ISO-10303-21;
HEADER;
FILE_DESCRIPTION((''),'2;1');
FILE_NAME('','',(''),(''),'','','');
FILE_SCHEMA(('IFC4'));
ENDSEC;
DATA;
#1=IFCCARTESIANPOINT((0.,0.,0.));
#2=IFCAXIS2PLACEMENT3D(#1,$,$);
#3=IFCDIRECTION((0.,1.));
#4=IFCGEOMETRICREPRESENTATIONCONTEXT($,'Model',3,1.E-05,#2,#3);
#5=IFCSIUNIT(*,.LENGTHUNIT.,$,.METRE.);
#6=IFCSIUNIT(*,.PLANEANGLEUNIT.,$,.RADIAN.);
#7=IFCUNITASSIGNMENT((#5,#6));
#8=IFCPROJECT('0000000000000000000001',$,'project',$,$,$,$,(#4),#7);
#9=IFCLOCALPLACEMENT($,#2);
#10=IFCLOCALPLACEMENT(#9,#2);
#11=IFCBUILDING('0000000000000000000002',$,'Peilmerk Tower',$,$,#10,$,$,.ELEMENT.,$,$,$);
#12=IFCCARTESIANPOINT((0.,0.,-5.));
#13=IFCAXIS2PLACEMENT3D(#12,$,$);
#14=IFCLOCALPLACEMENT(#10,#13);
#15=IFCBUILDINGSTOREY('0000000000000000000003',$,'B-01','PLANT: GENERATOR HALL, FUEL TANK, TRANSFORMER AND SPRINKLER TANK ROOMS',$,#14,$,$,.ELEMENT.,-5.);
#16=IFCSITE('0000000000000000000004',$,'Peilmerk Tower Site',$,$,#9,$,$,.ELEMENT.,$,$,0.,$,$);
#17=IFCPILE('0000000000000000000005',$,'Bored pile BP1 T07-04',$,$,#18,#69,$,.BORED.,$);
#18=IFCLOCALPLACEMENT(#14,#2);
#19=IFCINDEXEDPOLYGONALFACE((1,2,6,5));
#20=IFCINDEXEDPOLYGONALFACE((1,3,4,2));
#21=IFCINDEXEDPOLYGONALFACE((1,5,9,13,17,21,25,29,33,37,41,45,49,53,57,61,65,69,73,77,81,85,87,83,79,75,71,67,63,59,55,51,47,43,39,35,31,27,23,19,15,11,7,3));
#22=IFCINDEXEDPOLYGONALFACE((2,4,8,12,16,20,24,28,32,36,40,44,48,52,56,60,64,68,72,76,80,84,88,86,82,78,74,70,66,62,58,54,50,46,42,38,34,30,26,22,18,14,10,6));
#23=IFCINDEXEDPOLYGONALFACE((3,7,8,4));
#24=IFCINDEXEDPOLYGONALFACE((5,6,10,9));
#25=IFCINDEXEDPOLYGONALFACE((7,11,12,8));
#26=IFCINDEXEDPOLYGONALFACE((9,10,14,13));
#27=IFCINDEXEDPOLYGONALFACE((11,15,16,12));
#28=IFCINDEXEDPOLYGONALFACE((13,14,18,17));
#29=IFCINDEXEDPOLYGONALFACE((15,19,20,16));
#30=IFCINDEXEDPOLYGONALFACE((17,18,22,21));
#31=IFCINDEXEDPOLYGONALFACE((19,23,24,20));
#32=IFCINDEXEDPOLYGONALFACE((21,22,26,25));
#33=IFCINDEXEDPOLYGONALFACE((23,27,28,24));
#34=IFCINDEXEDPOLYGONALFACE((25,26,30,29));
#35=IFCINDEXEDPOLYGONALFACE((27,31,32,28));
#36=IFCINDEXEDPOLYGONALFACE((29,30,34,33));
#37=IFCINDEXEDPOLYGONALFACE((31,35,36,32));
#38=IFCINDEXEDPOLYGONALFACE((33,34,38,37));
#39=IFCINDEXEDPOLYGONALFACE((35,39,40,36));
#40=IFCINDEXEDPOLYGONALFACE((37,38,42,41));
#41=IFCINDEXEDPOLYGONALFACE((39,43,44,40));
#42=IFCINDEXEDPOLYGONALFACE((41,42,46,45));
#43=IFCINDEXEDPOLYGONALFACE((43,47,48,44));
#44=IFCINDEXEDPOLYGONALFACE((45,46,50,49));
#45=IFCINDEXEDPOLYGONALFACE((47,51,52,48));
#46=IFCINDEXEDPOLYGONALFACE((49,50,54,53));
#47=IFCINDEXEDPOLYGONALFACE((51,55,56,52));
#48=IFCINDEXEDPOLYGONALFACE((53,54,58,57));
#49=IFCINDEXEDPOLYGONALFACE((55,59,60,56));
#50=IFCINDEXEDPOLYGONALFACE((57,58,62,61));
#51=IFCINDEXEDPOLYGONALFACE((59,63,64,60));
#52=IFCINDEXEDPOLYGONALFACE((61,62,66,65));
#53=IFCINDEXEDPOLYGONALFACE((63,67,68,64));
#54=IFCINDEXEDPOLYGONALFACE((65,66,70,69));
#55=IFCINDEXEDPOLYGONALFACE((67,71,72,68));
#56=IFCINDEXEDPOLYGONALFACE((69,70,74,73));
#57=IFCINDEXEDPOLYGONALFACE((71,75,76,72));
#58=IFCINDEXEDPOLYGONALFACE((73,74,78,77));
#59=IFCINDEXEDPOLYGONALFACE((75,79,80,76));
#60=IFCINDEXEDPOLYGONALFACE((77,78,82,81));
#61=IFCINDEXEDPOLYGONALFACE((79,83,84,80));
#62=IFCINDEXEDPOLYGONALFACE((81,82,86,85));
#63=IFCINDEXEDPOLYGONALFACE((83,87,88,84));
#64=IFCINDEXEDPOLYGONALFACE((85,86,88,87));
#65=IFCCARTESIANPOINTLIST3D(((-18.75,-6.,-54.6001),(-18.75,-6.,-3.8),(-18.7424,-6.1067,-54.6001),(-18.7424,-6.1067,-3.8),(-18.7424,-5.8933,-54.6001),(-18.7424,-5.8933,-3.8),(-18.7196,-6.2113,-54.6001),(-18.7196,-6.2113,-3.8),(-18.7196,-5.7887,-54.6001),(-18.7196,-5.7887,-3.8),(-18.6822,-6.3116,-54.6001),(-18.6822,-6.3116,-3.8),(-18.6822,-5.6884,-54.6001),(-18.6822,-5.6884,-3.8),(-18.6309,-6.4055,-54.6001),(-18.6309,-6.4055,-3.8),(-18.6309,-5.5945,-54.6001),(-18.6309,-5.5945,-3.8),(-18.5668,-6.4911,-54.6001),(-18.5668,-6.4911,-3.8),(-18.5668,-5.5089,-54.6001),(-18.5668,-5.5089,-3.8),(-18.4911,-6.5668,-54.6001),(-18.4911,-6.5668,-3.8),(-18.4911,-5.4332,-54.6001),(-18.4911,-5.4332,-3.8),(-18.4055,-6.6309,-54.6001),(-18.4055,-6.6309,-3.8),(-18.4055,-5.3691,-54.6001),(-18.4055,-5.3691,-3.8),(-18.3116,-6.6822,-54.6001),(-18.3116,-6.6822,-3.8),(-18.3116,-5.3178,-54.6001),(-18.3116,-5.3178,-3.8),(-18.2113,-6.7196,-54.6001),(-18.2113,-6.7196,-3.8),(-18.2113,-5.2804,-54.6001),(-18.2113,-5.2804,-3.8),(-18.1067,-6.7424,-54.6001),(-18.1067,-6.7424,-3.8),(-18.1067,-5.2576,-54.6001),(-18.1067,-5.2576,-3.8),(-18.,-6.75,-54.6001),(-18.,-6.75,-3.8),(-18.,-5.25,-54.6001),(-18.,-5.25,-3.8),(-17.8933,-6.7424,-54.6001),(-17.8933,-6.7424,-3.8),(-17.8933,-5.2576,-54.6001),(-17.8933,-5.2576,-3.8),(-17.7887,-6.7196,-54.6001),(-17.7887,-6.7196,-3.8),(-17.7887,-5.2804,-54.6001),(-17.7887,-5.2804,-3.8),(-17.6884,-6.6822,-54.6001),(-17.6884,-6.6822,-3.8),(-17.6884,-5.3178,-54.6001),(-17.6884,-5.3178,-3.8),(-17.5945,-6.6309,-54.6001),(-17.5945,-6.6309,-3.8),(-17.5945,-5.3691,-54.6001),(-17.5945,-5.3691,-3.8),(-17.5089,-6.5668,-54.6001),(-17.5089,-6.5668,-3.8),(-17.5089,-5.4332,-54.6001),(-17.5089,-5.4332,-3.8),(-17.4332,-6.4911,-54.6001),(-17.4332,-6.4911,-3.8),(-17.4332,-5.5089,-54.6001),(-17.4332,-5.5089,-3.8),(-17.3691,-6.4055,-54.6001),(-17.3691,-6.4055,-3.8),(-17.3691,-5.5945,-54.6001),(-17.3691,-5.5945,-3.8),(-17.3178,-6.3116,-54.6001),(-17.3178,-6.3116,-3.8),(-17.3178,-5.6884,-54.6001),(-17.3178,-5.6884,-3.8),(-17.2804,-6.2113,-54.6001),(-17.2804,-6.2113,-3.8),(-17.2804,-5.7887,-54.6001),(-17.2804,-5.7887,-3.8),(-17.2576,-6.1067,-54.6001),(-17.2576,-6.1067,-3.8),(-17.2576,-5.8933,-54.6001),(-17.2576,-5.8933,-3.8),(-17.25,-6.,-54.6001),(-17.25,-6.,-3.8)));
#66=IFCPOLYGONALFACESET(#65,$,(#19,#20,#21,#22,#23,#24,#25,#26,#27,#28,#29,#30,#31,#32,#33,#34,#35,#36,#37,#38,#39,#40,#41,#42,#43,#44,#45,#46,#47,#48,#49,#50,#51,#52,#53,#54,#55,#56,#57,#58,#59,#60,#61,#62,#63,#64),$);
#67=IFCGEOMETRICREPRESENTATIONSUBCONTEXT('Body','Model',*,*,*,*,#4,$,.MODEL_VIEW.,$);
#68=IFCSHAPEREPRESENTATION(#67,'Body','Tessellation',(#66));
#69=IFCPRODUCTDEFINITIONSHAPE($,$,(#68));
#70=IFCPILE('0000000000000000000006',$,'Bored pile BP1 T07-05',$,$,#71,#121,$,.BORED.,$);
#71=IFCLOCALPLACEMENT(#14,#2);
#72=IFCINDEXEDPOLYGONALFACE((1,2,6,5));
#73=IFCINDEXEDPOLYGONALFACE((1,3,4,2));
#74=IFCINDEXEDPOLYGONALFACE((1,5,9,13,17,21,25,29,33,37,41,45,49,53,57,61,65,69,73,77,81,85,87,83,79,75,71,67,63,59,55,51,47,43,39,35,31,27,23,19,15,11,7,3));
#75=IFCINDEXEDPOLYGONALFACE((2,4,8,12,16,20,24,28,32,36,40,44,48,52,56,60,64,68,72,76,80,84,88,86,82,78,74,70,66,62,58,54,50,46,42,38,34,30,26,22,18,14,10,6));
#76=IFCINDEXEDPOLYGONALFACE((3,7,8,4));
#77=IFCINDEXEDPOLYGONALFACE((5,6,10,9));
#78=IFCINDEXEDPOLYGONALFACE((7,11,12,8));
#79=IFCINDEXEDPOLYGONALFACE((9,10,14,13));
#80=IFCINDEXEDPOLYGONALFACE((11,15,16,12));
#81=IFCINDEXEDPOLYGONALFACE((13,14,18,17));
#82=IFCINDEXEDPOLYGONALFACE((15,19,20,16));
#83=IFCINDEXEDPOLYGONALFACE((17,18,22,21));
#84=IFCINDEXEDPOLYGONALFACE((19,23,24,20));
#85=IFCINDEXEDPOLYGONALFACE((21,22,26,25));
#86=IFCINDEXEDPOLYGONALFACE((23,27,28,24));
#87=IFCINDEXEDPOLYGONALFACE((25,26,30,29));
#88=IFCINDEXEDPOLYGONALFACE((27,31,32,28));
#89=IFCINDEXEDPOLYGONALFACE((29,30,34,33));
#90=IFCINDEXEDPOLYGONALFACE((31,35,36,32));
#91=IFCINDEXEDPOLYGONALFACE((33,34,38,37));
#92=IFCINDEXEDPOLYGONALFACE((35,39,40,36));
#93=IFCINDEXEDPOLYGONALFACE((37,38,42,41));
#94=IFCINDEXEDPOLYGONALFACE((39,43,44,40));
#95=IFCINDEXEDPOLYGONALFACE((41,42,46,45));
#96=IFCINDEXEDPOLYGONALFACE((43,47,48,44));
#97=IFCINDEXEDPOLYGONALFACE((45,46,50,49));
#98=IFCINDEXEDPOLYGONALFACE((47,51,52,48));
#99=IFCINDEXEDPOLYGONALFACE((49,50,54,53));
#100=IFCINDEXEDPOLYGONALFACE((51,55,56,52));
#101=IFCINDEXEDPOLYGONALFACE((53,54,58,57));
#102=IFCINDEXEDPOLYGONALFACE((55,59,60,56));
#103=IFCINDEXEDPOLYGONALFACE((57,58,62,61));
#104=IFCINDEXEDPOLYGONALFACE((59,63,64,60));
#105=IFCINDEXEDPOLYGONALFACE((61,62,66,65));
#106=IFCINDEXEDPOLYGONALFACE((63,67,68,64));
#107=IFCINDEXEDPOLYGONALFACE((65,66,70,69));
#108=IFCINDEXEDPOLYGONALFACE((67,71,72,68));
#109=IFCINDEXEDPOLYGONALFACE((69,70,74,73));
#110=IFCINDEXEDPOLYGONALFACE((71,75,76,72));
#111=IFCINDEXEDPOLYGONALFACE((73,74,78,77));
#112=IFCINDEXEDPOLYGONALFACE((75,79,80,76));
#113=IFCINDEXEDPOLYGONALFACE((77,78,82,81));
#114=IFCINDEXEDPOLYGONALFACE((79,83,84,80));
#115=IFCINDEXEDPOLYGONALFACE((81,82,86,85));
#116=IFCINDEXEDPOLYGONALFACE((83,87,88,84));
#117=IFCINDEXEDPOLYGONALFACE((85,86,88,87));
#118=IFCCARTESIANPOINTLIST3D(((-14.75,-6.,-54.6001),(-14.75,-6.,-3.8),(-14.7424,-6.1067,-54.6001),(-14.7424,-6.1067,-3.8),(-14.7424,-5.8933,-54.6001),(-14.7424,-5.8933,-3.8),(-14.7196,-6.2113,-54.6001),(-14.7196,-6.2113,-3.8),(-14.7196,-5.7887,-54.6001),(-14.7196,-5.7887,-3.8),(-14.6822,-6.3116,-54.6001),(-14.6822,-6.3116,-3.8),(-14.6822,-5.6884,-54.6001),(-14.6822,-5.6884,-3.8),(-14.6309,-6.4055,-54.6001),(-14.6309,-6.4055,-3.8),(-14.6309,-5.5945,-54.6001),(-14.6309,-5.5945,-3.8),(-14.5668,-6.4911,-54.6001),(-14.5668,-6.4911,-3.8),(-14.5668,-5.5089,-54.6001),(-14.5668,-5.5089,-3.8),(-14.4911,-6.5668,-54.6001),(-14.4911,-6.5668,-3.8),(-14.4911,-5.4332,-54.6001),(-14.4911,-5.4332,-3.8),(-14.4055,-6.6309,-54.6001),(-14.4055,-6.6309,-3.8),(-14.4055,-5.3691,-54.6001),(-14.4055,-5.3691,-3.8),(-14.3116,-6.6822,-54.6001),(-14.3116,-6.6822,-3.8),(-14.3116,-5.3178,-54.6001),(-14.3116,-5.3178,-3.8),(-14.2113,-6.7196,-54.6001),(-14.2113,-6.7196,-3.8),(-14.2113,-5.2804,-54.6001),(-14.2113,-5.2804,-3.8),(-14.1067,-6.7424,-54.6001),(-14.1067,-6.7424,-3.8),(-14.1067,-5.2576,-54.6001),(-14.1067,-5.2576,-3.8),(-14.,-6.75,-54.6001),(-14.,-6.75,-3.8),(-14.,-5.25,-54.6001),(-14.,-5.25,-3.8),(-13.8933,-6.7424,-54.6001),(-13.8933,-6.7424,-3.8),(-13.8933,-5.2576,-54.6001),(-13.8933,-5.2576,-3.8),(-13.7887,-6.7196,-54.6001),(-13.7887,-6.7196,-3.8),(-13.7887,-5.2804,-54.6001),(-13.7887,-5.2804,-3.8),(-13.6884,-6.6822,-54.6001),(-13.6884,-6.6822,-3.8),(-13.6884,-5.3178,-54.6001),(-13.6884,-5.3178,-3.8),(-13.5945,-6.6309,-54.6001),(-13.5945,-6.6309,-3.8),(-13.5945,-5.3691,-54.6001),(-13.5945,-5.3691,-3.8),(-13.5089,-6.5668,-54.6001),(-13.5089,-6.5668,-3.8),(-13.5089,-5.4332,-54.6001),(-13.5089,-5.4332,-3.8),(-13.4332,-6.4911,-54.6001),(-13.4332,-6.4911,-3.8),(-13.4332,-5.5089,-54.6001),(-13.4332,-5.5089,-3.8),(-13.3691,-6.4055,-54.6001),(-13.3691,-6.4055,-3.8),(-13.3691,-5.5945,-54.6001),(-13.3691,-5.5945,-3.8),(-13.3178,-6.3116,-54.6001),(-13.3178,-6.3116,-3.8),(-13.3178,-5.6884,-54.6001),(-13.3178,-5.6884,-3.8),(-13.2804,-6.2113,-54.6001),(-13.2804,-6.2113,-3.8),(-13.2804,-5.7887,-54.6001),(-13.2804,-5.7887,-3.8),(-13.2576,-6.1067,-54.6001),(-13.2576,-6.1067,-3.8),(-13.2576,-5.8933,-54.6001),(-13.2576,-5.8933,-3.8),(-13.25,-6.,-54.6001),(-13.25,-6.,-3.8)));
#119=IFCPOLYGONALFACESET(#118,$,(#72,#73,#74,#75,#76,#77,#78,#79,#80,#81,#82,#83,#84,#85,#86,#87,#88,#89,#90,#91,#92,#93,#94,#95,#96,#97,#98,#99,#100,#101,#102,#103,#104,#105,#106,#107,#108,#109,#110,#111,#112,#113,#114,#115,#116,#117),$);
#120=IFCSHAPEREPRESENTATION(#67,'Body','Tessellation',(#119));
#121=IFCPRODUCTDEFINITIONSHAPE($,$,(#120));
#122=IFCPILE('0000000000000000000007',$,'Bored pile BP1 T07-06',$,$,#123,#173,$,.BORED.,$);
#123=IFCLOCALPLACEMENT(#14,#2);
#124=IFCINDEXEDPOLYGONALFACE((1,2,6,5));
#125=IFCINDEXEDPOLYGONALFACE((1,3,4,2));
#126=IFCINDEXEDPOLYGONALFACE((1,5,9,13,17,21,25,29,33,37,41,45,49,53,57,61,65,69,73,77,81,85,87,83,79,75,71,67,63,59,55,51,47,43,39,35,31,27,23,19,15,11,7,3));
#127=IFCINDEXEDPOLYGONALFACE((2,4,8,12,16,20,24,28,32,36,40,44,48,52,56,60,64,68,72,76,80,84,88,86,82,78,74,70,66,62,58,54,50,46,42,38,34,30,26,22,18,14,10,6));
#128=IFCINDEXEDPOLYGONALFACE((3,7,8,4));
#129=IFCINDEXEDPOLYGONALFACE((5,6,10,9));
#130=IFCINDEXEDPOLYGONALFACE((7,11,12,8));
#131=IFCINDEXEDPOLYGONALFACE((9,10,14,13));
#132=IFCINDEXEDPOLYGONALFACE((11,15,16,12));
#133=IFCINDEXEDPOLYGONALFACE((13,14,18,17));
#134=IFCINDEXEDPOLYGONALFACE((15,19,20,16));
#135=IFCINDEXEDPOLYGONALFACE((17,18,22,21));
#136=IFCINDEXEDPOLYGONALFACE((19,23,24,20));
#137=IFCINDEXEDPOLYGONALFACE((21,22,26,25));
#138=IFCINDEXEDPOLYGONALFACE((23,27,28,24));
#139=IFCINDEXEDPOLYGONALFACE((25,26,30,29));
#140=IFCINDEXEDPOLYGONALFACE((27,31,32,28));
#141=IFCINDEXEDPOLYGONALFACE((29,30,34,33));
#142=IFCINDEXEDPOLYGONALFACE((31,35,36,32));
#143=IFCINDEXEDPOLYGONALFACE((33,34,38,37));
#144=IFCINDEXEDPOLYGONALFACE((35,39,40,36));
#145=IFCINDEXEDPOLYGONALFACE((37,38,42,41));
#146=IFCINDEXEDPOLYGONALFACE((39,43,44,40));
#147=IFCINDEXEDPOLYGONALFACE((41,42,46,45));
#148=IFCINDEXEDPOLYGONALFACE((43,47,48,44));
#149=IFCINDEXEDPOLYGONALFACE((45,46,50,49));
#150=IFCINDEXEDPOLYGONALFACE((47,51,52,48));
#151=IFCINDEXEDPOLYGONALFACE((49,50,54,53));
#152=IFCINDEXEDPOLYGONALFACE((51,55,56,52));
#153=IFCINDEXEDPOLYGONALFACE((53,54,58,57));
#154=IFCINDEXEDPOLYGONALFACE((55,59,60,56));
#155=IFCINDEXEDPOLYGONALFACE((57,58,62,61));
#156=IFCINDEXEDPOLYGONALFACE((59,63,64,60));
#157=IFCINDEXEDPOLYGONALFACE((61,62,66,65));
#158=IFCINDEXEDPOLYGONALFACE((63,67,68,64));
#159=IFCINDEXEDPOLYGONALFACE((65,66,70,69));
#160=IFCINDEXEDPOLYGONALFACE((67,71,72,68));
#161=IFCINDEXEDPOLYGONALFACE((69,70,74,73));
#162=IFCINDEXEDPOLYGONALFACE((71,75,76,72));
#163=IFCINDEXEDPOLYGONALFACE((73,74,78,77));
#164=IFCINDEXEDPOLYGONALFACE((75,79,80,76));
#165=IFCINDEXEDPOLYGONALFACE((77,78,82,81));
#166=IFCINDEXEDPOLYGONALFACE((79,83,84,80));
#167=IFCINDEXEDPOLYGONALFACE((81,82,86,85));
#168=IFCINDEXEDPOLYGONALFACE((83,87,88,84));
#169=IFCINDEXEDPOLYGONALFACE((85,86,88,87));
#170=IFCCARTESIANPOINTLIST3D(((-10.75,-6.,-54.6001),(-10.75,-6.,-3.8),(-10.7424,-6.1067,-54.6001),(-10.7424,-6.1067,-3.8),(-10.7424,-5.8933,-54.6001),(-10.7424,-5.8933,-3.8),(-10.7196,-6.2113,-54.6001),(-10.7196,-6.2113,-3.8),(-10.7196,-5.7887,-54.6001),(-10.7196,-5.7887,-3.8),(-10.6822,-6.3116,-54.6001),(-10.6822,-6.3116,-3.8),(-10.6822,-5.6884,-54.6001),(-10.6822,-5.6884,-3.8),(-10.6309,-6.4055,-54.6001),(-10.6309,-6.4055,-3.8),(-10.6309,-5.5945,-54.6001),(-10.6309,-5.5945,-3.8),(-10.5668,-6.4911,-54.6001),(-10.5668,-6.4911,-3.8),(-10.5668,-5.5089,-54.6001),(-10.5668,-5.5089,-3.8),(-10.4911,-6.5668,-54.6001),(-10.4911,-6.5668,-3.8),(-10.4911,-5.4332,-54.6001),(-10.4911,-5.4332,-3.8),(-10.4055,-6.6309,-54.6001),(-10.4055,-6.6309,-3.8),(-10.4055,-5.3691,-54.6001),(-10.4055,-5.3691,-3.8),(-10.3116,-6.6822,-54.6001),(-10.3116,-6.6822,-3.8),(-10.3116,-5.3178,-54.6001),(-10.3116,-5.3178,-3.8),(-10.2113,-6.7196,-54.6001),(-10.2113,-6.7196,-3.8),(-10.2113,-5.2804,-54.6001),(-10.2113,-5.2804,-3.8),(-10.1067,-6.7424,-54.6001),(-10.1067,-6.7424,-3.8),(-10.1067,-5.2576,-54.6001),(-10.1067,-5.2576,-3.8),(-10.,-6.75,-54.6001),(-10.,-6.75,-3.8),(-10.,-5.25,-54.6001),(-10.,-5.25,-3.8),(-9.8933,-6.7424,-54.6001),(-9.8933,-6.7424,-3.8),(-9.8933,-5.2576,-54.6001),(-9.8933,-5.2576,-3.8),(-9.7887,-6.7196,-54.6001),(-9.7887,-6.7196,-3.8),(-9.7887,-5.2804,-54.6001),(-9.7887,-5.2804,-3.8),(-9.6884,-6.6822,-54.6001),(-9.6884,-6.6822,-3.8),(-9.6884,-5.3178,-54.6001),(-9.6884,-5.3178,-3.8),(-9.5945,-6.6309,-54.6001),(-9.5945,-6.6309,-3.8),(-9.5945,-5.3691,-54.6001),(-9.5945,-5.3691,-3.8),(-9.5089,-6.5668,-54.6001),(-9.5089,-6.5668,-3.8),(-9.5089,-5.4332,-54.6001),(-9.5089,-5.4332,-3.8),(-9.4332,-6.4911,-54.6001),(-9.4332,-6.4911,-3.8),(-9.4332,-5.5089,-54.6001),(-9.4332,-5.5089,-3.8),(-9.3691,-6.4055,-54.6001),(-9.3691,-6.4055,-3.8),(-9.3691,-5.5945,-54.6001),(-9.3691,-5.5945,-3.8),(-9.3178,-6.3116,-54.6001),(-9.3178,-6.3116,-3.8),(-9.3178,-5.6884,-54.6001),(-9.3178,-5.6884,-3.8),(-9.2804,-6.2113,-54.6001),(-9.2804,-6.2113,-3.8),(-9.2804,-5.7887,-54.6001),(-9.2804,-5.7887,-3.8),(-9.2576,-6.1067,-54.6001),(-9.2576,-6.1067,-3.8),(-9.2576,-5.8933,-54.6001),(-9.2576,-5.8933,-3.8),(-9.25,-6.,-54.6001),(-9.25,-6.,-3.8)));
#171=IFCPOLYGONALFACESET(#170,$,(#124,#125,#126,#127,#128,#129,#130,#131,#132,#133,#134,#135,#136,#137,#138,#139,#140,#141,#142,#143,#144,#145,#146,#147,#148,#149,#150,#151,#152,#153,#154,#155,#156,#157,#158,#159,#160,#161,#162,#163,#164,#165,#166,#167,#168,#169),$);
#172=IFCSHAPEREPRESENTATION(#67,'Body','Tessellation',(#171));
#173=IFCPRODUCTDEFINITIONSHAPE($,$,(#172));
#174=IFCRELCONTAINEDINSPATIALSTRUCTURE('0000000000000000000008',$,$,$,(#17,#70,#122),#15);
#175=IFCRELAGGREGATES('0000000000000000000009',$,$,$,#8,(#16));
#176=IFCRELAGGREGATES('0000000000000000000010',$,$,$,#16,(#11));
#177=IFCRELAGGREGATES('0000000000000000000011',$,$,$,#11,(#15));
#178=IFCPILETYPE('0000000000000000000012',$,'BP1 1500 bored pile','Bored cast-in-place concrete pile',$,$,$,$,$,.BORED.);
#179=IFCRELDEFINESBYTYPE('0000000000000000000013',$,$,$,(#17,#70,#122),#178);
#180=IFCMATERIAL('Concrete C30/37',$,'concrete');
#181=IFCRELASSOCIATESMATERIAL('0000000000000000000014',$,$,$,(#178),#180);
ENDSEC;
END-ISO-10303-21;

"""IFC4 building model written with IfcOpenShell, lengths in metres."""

from ifc_helpers import new_model, si_unit, direction, frame, origin, origin_2d, place, context, subcontext, project, spatial, circle, extrude, material, material_profile, profile_set, type_object, element, save


model = new_model("IFC4")

# Units and contexts
model_context = context("Model", 3, precision=1e-05, world=origin(), true_north=direction((0.0, 1.0)))
body_context = subcontext(model_context, "Body", "Model", "MODEL_VIEW")
ifc_project = project(units=[si_unit("LENGTHUNIT", "METRE"), si_unit("PLANEANGLEUNIT", "RADIAN")], contexts=[model_context])

# Site, building, storey
site_placement = place(None, origin())
site = spatial("IfcSite", under=ifc_project, at=site_placement, Name="Peilmerk Tower Site", CompositionType="ELEMENT", RefElevation=0.0)
building_placement = place(site_placement, origin())
building = spatial("IfcBuilding", under=site, at=building_placement, Name="Peilmerk Tower", CompositionType="ELEMENT")
storey_placement = place(building_placement, frame((0.0, 0.0, -5.0)))
storey = spatial("IfcBuildingStorey", under=building, at=storey_placement, Name="B-01", Description="PLANT: GENERATOR HALL, FUEL TANK, TRANSFORMER AND SPRINKLER TANK ROOMS", CompositionType="ELEMENT", Elevation=-5.0)

# Piles
ifc_material_1 = material(Name="Concrete C30/37", Category="concrete")
ifc_material_profile_1 = material_profile(ifc_material_1, circle(Radius=0.75, at=origin_2d()), Name="BP 1500")
ifc_profile_set_1 = profile_set([ifc_material_profile_1], Name="Concrete C30/37")
pile_type = type_object("IfcPileType", Name="BP1 1500 bored pile", Description="Bored cast-in-place concrete pile", PredefinedType="BORED", material=ifc_profile_set_1)
for number, where, z_axis, x_axis, name in (
    (1, (-18.0, -6.0, -3.8), (0.0, 0.0, -1.0), (1.0, 0.0, 0.0), "Bored pile BP1 T07-04"),
    (2, (-14.0, -6.0, -3.8), (0.0, 0.0, -1.0), (1.0, 0.0, 0.0), "Bored pile BP1 T07-05"),
    (3, (-10.0, -6.0, -3.8), (0.0, 0.0, -1.0), (1.0, 0.0, 0.0), "Bored pile BP1 T07-06"),
):
    element("IfcPile", number, at=place(storey_placement, frame(where, z_axis=z_axis, x_axis=x_axis)), inside=storey, type_object=pile_type, Name=name, PredefinedType="BORED", context=body_context, shape_type="SweptSolid", body=[
        extrude(circle(Radius=0.75, at=origin_2d()), origin(), (0.0, 0.0, 1.0), 50.8),
    ])

save(model, "model.ifc")
